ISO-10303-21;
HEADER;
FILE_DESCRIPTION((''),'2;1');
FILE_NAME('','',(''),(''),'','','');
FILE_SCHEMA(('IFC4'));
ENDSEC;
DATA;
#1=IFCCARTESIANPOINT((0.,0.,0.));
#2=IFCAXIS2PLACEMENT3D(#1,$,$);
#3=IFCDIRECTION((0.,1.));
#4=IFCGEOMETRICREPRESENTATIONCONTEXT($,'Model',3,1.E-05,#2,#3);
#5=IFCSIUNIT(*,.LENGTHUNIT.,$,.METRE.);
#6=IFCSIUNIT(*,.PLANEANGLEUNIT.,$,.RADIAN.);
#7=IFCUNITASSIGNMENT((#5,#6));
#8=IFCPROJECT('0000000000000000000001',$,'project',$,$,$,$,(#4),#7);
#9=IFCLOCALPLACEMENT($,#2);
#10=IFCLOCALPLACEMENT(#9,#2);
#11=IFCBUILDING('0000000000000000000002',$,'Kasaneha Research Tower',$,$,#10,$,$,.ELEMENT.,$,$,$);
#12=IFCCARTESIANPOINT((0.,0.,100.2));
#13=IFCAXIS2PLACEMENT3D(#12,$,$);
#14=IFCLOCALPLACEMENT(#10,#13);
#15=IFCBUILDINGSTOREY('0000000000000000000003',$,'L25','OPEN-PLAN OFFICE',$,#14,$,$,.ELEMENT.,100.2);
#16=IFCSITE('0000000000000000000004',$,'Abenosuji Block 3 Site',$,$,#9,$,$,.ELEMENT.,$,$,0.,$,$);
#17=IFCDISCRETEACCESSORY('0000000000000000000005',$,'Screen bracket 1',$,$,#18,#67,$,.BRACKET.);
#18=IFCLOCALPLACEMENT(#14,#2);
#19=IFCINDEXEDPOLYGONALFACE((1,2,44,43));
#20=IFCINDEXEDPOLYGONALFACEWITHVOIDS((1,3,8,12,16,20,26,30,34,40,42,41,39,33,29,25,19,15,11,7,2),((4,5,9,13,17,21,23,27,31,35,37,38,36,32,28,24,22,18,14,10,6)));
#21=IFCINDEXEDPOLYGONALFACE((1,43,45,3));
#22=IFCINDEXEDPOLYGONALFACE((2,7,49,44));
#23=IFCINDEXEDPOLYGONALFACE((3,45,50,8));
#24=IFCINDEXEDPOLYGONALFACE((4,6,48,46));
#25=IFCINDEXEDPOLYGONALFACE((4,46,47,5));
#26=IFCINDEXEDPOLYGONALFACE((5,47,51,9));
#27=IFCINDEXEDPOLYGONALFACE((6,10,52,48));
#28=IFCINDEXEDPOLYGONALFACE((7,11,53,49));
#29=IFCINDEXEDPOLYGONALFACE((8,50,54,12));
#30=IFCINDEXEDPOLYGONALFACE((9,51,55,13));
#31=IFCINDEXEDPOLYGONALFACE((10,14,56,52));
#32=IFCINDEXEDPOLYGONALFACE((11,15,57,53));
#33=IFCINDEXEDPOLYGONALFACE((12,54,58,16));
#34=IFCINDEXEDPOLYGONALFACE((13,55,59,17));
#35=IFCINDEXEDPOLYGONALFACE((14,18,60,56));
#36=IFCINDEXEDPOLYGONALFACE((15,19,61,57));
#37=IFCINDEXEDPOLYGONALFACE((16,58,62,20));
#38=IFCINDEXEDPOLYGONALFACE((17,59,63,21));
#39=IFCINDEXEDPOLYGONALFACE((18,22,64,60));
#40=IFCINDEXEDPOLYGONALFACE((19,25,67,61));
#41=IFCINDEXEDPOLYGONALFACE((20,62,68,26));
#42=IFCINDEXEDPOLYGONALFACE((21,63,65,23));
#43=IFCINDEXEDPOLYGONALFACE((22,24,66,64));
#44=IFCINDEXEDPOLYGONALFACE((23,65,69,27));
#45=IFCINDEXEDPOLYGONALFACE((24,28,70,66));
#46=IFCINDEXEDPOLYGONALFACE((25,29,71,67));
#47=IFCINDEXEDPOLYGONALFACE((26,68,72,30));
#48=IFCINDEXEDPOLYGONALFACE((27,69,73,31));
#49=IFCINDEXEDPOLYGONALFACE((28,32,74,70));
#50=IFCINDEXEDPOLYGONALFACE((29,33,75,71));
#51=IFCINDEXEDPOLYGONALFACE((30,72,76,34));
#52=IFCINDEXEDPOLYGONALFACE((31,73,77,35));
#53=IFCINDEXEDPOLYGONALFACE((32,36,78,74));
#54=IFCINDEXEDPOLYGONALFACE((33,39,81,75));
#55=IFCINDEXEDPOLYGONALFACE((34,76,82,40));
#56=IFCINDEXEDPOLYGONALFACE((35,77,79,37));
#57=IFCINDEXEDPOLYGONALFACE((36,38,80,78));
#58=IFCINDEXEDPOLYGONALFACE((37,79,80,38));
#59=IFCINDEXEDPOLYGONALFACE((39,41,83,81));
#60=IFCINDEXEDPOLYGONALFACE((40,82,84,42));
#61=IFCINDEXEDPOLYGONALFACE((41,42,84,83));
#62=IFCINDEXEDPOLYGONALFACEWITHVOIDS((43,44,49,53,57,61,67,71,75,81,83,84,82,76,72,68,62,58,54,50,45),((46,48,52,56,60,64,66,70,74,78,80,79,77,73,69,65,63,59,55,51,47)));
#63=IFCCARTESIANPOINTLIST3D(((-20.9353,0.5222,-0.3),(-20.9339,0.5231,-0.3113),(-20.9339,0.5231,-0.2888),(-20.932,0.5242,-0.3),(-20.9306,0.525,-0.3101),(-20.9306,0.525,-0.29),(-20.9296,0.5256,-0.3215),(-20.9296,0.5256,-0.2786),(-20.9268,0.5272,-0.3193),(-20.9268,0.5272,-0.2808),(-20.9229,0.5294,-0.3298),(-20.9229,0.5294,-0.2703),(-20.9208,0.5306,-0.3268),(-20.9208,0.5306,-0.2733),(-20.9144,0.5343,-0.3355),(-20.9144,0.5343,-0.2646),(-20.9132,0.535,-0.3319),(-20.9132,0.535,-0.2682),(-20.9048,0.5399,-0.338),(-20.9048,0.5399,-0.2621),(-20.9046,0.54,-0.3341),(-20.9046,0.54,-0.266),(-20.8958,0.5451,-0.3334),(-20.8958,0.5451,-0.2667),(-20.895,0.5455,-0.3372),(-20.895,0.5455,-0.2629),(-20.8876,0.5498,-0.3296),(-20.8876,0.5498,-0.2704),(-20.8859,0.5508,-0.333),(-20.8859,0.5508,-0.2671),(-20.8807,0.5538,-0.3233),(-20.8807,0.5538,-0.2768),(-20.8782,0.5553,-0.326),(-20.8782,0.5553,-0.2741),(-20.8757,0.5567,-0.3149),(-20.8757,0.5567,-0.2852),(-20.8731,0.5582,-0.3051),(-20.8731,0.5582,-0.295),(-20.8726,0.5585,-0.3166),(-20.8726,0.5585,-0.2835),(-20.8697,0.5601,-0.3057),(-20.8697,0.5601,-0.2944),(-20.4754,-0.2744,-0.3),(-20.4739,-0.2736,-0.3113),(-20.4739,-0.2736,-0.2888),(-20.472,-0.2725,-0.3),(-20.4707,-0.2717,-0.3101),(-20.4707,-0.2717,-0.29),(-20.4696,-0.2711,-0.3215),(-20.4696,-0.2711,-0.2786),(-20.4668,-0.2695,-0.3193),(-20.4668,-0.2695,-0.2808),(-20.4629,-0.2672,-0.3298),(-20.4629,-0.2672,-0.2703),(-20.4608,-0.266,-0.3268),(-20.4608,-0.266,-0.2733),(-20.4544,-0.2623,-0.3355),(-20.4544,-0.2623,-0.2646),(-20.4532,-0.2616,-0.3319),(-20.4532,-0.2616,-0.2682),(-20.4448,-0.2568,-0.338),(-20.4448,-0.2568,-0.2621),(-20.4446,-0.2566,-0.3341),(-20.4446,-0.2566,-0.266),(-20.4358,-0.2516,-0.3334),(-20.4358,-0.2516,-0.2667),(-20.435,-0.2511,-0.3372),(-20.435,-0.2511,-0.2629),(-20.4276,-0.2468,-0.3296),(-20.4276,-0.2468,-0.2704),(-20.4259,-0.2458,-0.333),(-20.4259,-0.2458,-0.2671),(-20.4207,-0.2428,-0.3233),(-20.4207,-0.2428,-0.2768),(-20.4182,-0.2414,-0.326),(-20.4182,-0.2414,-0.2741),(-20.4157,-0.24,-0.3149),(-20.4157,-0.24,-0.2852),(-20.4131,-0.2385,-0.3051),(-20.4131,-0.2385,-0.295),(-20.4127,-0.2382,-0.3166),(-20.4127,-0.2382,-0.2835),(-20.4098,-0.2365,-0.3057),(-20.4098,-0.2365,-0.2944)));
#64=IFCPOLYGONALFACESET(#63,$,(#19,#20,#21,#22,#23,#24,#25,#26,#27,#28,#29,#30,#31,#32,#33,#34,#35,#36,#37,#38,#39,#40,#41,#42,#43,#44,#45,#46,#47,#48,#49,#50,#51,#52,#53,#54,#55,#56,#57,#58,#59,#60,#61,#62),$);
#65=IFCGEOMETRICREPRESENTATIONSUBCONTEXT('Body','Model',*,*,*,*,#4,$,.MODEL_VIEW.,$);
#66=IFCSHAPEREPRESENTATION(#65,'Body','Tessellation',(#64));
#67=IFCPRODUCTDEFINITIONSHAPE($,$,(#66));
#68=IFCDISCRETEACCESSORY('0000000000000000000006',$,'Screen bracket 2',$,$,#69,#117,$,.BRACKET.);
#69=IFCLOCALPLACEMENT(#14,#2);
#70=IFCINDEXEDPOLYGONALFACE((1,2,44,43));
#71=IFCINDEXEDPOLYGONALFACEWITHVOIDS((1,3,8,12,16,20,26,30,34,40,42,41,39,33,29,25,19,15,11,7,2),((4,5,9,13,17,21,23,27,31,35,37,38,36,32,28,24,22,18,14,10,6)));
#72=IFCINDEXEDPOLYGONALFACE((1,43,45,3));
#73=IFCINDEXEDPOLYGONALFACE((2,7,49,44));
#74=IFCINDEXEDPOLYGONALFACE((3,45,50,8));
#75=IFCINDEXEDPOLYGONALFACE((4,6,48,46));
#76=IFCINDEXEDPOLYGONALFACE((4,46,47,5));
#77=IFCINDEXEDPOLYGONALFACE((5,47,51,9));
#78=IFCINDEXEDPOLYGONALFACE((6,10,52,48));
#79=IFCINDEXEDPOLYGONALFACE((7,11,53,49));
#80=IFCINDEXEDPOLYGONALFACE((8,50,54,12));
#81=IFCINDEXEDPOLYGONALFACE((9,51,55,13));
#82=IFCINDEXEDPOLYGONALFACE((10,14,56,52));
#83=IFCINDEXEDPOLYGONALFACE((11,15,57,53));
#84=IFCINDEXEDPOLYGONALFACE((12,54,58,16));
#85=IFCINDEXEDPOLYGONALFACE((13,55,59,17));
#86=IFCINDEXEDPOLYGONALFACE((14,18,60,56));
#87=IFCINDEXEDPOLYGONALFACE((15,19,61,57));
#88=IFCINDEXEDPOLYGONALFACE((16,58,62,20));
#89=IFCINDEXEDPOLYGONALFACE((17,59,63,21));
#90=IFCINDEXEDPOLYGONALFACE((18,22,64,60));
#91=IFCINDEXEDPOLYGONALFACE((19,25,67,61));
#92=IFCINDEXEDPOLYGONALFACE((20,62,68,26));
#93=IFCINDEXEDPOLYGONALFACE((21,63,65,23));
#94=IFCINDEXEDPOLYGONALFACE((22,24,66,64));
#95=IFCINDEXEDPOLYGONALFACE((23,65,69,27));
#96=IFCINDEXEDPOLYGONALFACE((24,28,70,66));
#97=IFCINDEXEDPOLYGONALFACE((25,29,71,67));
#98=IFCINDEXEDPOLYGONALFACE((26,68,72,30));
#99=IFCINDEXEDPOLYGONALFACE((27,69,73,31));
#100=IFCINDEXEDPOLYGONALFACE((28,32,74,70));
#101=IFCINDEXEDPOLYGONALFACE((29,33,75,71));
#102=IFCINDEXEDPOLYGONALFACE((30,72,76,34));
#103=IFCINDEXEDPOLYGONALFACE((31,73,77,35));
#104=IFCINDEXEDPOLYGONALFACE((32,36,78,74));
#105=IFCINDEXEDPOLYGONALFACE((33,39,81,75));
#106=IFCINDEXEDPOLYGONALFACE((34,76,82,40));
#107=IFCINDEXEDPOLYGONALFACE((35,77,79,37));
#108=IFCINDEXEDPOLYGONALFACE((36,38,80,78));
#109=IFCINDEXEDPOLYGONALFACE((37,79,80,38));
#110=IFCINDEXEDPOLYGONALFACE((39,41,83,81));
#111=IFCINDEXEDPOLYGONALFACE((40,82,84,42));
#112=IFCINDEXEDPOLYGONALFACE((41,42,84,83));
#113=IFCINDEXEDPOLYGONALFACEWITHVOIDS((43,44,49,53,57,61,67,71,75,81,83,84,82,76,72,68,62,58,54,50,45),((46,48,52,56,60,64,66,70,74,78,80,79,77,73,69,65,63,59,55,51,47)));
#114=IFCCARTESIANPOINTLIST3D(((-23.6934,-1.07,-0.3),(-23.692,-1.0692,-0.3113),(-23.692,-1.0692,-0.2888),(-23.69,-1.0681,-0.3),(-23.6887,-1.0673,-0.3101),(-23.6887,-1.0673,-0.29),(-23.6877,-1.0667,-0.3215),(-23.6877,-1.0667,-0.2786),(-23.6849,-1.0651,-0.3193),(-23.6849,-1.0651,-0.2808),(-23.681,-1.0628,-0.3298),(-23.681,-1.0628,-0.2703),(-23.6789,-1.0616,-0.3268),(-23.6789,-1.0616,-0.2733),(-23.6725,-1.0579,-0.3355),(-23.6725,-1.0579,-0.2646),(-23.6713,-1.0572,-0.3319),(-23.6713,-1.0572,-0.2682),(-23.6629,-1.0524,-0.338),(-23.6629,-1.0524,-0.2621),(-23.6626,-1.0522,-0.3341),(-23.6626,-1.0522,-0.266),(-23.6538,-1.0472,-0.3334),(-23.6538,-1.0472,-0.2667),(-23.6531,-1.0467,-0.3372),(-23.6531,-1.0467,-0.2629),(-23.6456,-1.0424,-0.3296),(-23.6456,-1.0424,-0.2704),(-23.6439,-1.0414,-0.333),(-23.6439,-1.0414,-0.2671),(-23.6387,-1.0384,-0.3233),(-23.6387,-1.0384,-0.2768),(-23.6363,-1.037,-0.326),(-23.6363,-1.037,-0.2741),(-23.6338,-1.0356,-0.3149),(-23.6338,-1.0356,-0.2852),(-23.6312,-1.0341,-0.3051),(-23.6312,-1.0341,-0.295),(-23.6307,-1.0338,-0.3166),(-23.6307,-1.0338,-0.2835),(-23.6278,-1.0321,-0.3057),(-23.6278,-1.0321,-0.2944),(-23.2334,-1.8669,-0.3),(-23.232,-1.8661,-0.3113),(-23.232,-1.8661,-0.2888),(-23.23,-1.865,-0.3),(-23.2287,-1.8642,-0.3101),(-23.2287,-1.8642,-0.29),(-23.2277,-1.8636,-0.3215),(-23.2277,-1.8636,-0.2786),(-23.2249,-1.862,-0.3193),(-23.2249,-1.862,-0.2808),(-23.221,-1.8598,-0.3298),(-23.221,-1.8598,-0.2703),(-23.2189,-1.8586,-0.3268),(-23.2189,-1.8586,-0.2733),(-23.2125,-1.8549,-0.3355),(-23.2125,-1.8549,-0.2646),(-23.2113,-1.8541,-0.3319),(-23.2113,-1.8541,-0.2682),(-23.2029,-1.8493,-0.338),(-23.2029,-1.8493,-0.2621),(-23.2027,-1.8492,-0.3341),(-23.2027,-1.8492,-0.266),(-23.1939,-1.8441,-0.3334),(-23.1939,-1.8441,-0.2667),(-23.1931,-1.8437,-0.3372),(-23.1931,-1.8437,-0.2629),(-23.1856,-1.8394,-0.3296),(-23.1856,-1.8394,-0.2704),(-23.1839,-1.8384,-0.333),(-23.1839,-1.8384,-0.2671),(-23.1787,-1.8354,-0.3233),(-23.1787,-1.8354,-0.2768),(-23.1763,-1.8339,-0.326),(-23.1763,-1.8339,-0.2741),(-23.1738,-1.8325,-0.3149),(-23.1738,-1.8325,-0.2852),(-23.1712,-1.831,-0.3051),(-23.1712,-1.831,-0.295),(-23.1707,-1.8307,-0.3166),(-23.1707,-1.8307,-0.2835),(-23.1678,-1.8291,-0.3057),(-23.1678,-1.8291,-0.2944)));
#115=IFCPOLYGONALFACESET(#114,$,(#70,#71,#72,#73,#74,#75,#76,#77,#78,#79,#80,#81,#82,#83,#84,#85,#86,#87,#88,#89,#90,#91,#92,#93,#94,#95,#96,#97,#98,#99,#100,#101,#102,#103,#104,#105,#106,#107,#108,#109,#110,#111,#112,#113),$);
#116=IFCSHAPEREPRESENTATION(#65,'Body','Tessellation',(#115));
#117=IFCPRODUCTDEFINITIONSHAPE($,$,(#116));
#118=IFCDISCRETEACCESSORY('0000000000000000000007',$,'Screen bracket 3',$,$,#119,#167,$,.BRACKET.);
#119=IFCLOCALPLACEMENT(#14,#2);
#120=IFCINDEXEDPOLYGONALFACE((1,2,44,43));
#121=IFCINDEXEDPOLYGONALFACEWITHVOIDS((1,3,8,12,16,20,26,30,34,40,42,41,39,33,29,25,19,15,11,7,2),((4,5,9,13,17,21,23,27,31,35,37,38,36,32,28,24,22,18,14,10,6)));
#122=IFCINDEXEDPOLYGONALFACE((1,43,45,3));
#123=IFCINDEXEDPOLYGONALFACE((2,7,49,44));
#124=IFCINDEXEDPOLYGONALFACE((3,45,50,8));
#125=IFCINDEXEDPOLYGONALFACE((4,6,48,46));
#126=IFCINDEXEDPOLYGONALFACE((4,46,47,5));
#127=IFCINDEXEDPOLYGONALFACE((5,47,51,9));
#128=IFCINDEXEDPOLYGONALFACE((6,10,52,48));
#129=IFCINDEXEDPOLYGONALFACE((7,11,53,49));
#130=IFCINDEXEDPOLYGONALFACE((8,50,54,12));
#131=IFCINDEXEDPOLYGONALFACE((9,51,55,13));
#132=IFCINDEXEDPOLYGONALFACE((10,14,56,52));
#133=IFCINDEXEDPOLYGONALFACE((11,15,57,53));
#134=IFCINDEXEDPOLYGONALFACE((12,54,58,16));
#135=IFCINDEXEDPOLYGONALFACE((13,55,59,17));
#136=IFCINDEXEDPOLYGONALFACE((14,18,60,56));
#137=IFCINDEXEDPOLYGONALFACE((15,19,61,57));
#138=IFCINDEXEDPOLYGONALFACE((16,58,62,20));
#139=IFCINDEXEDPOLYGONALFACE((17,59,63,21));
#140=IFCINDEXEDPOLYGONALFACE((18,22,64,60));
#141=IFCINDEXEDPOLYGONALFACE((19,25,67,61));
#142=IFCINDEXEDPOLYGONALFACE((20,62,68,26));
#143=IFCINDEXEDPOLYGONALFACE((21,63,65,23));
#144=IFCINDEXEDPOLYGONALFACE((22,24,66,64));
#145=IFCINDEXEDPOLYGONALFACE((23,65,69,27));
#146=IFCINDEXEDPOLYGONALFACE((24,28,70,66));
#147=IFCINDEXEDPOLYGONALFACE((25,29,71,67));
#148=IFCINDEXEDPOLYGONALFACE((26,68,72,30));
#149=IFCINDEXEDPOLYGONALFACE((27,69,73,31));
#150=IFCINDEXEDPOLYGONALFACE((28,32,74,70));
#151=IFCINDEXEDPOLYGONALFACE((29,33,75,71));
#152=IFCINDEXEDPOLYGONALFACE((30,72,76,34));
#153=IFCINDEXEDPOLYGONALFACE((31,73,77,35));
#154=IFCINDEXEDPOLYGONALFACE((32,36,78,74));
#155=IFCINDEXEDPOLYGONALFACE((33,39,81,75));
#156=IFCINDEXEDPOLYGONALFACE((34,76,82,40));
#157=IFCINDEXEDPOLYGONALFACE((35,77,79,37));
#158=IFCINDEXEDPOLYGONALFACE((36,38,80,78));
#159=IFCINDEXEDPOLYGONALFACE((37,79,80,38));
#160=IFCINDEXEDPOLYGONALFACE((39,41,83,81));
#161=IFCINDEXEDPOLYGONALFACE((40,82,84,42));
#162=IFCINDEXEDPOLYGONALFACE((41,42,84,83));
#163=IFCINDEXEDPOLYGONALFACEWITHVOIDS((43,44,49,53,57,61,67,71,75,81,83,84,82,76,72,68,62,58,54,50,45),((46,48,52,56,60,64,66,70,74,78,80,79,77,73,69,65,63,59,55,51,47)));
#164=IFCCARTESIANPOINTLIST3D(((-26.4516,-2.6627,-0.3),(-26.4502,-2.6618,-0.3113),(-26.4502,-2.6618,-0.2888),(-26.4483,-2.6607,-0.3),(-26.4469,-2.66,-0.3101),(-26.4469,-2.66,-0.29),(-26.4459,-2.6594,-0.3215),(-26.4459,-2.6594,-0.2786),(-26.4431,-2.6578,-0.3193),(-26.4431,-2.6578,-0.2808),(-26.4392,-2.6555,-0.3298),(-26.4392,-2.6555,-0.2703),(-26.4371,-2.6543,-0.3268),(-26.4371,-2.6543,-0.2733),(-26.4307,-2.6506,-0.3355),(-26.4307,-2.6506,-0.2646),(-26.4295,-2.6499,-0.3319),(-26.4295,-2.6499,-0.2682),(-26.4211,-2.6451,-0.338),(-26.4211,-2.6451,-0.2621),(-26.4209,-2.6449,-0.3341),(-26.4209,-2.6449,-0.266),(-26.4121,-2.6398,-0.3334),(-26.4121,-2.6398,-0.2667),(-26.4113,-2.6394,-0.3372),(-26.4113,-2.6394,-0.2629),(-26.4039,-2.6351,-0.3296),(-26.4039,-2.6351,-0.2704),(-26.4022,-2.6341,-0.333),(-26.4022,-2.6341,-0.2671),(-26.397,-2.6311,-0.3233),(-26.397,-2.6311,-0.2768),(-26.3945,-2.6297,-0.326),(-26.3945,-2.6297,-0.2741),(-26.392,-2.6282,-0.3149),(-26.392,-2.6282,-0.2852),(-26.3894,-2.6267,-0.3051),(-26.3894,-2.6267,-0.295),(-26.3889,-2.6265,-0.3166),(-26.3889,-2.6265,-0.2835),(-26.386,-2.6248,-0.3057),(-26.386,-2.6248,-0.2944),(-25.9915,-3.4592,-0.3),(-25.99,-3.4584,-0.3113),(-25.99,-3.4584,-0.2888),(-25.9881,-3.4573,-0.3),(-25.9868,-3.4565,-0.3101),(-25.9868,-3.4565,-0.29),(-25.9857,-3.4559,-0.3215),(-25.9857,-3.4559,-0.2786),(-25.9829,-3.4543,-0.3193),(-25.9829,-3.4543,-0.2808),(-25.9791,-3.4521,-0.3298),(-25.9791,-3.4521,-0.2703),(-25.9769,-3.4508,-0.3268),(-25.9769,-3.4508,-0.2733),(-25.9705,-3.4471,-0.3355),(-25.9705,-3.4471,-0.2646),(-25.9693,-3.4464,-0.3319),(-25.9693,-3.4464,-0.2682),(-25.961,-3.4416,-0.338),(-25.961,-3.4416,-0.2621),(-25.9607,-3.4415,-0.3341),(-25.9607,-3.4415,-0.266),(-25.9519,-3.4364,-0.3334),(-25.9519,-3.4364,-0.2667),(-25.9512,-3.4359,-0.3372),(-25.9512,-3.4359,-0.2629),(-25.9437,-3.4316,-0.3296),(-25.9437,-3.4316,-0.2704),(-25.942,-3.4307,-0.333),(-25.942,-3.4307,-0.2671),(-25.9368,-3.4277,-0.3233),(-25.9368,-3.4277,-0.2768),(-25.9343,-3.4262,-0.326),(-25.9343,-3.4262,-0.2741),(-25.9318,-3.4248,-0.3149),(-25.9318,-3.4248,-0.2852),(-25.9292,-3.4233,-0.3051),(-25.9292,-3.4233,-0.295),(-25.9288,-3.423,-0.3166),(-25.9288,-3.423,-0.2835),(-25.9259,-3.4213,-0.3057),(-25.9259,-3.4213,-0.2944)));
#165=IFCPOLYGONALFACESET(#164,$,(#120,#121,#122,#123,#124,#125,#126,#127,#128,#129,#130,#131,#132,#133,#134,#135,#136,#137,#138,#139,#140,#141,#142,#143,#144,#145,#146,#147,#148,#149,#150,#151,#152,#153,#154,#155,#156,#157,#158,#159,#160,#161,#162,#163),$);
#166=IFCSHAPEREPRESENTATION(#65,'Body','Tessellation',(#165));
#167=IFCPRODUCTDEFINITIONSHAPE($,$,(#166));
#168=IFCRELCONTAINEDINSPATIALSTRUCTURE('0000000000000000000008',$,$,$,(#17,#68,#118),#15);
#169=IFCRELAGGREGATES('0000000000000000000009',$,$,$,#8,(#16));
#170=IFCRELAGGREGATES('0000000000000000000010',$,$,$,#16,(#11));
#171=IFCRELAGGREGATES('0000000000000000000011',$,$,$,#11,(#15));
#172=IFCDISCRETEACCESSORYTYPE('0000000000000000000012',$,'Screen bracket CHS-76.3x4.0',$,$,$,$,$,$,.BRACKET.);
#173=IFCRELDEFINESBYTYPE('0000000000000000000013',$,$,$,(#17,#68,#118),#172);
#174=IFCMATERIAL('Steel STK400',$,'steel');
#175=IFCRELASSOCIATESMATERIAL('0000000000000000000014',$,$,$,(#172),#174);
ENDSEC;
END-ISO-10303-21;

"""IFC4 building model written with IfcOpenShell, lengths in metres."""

from ifc_helpers import new_model, si_unit, direction, frame, origin, origin_2d, place, context, subcontext, project, spatial, hollow_circle, extrude, material, material_profile, profile_set, type_object, element, save


model = new_model("IFC4")

# Units and contexts
model_context = context("Model", 3, precision=1e-05, world=origin(), true_north=direction((0.0, 1.0)))
body_context = subcontext(model_context, "Body", "Model", "MODEL_VIEW")
ifc_project = project(units=[si_unit("LENGTHUNIT", "METRE"), si_unit("PLANEANGLEUNIT", "RADIAN")], contexts=[model_context])

# Site, building, storey
site_placement = place(None, origin())
site = spatial("IfcSite", under=ifc_project, at=site_placement, Name="Abenosuji Block 3 Site", CompositionType="ELEMENT", RefElevation=0.0)
building_placement = place(site_placement, origin())
building = spatial("IfcBuilding", under=site, at=building_placement, Name="Kasaneha Research Tower", CompositionType="ELEMENT")
storey_placement = place(building_placement, frame((0.0, 0.0, 100.2)))
storey = spatial("IfcBuildingStorey", under=building, at=storey_placement, Name="L25", Description="OPEN-PLAN OFFICE", CompositionType="ELEMENT", Elevation=100.2)

# Discrete accessories
ifc_material_1 = material(Name="Steel STK400", Category="steel")
ifc_material_profile_1 = material_profile(ifc_material_1, hollow_circle(Radius=0.0381, WallThickness=0.0039, at=origin_2d()), Name="CHS-76.3x4.0")
ifc_profile_set_1 = profile_set([ifc_material_profile_1], Name="Steel STK400")
discrete_accessory_type = type_object("IfcDiscreteAccessoryType", Name="Screen bracket CHS-76.3x4.0", PredefinedType="BRACKET", material=ifc_profile_set_1)
discrete_accessory_1_placement = place(storey_placement, frame((-20.4424, -0.2554, -0.3), z_axis=(-0.500021, 0.866013, 0.0), x_axis=(-0.866013, -0.500021, 0.0)))
element("IfcDiscreteAccessory", 1, at=discrete_accessory_1_placement, inside=storey, type_object=discrete_accessory_type, Name="Screen bracket 1", PredefinedType="BRACKET", context=body_context, shape_type="SweptSolid", body=[
    extrude(hollow_circle(Radius=0.0381, WallThickness=0.0039, at=origin_2d()), origin(), (0.0, 0.0, 1.0), 0.9199),
])
discrete_accessory_2_placement = place(storey_placement, frame((-23.2004, -1.8479, -0.3), z_axis=(-0.499906, 0.86608, 0.0), x_axis=(-0.86608, -0.499906, 0.0)))
element("IfcDiscreteAccessory", 2, at=discrete_accessory_2_placement, inside=storey, type_object=discrete_accessory_type, Name="Screen bracket 2", PredefinedType="BRACKET", context=body_context, shape_type="SweptSolid", body=[
    extrude(hollow_circle(Radius=0.0381, WallThickness=0.0039, at=origin_2d()), origin(), (0.0, 0.0, 1.0), 0.9202),
])
discrete_accessory_3_placement = place(storey_placement, frame((-25.9585, -3.4402, -0.3), z_axis=(-0.50022, 0.865898, 0.0), x_axis=(-0.865898, -0.50022, 0.0)))
element("IfcDiscreteAccessory", 3, at=discrete_accessory_3_placement, inside=storey, type_object=discrete_accessory_type, Name="Screen bracket 3", PredefinedType="BRACKET", context=body_context, shape_type="SweptSolid", body=[
    extrude(hollow_circle(Radius=0.0381, WallThickness=0.0039, at=origin_2d()), origin(), (0.0, 0.0, 1.0), 0.9199),
])

save(model, "model.ifc")
